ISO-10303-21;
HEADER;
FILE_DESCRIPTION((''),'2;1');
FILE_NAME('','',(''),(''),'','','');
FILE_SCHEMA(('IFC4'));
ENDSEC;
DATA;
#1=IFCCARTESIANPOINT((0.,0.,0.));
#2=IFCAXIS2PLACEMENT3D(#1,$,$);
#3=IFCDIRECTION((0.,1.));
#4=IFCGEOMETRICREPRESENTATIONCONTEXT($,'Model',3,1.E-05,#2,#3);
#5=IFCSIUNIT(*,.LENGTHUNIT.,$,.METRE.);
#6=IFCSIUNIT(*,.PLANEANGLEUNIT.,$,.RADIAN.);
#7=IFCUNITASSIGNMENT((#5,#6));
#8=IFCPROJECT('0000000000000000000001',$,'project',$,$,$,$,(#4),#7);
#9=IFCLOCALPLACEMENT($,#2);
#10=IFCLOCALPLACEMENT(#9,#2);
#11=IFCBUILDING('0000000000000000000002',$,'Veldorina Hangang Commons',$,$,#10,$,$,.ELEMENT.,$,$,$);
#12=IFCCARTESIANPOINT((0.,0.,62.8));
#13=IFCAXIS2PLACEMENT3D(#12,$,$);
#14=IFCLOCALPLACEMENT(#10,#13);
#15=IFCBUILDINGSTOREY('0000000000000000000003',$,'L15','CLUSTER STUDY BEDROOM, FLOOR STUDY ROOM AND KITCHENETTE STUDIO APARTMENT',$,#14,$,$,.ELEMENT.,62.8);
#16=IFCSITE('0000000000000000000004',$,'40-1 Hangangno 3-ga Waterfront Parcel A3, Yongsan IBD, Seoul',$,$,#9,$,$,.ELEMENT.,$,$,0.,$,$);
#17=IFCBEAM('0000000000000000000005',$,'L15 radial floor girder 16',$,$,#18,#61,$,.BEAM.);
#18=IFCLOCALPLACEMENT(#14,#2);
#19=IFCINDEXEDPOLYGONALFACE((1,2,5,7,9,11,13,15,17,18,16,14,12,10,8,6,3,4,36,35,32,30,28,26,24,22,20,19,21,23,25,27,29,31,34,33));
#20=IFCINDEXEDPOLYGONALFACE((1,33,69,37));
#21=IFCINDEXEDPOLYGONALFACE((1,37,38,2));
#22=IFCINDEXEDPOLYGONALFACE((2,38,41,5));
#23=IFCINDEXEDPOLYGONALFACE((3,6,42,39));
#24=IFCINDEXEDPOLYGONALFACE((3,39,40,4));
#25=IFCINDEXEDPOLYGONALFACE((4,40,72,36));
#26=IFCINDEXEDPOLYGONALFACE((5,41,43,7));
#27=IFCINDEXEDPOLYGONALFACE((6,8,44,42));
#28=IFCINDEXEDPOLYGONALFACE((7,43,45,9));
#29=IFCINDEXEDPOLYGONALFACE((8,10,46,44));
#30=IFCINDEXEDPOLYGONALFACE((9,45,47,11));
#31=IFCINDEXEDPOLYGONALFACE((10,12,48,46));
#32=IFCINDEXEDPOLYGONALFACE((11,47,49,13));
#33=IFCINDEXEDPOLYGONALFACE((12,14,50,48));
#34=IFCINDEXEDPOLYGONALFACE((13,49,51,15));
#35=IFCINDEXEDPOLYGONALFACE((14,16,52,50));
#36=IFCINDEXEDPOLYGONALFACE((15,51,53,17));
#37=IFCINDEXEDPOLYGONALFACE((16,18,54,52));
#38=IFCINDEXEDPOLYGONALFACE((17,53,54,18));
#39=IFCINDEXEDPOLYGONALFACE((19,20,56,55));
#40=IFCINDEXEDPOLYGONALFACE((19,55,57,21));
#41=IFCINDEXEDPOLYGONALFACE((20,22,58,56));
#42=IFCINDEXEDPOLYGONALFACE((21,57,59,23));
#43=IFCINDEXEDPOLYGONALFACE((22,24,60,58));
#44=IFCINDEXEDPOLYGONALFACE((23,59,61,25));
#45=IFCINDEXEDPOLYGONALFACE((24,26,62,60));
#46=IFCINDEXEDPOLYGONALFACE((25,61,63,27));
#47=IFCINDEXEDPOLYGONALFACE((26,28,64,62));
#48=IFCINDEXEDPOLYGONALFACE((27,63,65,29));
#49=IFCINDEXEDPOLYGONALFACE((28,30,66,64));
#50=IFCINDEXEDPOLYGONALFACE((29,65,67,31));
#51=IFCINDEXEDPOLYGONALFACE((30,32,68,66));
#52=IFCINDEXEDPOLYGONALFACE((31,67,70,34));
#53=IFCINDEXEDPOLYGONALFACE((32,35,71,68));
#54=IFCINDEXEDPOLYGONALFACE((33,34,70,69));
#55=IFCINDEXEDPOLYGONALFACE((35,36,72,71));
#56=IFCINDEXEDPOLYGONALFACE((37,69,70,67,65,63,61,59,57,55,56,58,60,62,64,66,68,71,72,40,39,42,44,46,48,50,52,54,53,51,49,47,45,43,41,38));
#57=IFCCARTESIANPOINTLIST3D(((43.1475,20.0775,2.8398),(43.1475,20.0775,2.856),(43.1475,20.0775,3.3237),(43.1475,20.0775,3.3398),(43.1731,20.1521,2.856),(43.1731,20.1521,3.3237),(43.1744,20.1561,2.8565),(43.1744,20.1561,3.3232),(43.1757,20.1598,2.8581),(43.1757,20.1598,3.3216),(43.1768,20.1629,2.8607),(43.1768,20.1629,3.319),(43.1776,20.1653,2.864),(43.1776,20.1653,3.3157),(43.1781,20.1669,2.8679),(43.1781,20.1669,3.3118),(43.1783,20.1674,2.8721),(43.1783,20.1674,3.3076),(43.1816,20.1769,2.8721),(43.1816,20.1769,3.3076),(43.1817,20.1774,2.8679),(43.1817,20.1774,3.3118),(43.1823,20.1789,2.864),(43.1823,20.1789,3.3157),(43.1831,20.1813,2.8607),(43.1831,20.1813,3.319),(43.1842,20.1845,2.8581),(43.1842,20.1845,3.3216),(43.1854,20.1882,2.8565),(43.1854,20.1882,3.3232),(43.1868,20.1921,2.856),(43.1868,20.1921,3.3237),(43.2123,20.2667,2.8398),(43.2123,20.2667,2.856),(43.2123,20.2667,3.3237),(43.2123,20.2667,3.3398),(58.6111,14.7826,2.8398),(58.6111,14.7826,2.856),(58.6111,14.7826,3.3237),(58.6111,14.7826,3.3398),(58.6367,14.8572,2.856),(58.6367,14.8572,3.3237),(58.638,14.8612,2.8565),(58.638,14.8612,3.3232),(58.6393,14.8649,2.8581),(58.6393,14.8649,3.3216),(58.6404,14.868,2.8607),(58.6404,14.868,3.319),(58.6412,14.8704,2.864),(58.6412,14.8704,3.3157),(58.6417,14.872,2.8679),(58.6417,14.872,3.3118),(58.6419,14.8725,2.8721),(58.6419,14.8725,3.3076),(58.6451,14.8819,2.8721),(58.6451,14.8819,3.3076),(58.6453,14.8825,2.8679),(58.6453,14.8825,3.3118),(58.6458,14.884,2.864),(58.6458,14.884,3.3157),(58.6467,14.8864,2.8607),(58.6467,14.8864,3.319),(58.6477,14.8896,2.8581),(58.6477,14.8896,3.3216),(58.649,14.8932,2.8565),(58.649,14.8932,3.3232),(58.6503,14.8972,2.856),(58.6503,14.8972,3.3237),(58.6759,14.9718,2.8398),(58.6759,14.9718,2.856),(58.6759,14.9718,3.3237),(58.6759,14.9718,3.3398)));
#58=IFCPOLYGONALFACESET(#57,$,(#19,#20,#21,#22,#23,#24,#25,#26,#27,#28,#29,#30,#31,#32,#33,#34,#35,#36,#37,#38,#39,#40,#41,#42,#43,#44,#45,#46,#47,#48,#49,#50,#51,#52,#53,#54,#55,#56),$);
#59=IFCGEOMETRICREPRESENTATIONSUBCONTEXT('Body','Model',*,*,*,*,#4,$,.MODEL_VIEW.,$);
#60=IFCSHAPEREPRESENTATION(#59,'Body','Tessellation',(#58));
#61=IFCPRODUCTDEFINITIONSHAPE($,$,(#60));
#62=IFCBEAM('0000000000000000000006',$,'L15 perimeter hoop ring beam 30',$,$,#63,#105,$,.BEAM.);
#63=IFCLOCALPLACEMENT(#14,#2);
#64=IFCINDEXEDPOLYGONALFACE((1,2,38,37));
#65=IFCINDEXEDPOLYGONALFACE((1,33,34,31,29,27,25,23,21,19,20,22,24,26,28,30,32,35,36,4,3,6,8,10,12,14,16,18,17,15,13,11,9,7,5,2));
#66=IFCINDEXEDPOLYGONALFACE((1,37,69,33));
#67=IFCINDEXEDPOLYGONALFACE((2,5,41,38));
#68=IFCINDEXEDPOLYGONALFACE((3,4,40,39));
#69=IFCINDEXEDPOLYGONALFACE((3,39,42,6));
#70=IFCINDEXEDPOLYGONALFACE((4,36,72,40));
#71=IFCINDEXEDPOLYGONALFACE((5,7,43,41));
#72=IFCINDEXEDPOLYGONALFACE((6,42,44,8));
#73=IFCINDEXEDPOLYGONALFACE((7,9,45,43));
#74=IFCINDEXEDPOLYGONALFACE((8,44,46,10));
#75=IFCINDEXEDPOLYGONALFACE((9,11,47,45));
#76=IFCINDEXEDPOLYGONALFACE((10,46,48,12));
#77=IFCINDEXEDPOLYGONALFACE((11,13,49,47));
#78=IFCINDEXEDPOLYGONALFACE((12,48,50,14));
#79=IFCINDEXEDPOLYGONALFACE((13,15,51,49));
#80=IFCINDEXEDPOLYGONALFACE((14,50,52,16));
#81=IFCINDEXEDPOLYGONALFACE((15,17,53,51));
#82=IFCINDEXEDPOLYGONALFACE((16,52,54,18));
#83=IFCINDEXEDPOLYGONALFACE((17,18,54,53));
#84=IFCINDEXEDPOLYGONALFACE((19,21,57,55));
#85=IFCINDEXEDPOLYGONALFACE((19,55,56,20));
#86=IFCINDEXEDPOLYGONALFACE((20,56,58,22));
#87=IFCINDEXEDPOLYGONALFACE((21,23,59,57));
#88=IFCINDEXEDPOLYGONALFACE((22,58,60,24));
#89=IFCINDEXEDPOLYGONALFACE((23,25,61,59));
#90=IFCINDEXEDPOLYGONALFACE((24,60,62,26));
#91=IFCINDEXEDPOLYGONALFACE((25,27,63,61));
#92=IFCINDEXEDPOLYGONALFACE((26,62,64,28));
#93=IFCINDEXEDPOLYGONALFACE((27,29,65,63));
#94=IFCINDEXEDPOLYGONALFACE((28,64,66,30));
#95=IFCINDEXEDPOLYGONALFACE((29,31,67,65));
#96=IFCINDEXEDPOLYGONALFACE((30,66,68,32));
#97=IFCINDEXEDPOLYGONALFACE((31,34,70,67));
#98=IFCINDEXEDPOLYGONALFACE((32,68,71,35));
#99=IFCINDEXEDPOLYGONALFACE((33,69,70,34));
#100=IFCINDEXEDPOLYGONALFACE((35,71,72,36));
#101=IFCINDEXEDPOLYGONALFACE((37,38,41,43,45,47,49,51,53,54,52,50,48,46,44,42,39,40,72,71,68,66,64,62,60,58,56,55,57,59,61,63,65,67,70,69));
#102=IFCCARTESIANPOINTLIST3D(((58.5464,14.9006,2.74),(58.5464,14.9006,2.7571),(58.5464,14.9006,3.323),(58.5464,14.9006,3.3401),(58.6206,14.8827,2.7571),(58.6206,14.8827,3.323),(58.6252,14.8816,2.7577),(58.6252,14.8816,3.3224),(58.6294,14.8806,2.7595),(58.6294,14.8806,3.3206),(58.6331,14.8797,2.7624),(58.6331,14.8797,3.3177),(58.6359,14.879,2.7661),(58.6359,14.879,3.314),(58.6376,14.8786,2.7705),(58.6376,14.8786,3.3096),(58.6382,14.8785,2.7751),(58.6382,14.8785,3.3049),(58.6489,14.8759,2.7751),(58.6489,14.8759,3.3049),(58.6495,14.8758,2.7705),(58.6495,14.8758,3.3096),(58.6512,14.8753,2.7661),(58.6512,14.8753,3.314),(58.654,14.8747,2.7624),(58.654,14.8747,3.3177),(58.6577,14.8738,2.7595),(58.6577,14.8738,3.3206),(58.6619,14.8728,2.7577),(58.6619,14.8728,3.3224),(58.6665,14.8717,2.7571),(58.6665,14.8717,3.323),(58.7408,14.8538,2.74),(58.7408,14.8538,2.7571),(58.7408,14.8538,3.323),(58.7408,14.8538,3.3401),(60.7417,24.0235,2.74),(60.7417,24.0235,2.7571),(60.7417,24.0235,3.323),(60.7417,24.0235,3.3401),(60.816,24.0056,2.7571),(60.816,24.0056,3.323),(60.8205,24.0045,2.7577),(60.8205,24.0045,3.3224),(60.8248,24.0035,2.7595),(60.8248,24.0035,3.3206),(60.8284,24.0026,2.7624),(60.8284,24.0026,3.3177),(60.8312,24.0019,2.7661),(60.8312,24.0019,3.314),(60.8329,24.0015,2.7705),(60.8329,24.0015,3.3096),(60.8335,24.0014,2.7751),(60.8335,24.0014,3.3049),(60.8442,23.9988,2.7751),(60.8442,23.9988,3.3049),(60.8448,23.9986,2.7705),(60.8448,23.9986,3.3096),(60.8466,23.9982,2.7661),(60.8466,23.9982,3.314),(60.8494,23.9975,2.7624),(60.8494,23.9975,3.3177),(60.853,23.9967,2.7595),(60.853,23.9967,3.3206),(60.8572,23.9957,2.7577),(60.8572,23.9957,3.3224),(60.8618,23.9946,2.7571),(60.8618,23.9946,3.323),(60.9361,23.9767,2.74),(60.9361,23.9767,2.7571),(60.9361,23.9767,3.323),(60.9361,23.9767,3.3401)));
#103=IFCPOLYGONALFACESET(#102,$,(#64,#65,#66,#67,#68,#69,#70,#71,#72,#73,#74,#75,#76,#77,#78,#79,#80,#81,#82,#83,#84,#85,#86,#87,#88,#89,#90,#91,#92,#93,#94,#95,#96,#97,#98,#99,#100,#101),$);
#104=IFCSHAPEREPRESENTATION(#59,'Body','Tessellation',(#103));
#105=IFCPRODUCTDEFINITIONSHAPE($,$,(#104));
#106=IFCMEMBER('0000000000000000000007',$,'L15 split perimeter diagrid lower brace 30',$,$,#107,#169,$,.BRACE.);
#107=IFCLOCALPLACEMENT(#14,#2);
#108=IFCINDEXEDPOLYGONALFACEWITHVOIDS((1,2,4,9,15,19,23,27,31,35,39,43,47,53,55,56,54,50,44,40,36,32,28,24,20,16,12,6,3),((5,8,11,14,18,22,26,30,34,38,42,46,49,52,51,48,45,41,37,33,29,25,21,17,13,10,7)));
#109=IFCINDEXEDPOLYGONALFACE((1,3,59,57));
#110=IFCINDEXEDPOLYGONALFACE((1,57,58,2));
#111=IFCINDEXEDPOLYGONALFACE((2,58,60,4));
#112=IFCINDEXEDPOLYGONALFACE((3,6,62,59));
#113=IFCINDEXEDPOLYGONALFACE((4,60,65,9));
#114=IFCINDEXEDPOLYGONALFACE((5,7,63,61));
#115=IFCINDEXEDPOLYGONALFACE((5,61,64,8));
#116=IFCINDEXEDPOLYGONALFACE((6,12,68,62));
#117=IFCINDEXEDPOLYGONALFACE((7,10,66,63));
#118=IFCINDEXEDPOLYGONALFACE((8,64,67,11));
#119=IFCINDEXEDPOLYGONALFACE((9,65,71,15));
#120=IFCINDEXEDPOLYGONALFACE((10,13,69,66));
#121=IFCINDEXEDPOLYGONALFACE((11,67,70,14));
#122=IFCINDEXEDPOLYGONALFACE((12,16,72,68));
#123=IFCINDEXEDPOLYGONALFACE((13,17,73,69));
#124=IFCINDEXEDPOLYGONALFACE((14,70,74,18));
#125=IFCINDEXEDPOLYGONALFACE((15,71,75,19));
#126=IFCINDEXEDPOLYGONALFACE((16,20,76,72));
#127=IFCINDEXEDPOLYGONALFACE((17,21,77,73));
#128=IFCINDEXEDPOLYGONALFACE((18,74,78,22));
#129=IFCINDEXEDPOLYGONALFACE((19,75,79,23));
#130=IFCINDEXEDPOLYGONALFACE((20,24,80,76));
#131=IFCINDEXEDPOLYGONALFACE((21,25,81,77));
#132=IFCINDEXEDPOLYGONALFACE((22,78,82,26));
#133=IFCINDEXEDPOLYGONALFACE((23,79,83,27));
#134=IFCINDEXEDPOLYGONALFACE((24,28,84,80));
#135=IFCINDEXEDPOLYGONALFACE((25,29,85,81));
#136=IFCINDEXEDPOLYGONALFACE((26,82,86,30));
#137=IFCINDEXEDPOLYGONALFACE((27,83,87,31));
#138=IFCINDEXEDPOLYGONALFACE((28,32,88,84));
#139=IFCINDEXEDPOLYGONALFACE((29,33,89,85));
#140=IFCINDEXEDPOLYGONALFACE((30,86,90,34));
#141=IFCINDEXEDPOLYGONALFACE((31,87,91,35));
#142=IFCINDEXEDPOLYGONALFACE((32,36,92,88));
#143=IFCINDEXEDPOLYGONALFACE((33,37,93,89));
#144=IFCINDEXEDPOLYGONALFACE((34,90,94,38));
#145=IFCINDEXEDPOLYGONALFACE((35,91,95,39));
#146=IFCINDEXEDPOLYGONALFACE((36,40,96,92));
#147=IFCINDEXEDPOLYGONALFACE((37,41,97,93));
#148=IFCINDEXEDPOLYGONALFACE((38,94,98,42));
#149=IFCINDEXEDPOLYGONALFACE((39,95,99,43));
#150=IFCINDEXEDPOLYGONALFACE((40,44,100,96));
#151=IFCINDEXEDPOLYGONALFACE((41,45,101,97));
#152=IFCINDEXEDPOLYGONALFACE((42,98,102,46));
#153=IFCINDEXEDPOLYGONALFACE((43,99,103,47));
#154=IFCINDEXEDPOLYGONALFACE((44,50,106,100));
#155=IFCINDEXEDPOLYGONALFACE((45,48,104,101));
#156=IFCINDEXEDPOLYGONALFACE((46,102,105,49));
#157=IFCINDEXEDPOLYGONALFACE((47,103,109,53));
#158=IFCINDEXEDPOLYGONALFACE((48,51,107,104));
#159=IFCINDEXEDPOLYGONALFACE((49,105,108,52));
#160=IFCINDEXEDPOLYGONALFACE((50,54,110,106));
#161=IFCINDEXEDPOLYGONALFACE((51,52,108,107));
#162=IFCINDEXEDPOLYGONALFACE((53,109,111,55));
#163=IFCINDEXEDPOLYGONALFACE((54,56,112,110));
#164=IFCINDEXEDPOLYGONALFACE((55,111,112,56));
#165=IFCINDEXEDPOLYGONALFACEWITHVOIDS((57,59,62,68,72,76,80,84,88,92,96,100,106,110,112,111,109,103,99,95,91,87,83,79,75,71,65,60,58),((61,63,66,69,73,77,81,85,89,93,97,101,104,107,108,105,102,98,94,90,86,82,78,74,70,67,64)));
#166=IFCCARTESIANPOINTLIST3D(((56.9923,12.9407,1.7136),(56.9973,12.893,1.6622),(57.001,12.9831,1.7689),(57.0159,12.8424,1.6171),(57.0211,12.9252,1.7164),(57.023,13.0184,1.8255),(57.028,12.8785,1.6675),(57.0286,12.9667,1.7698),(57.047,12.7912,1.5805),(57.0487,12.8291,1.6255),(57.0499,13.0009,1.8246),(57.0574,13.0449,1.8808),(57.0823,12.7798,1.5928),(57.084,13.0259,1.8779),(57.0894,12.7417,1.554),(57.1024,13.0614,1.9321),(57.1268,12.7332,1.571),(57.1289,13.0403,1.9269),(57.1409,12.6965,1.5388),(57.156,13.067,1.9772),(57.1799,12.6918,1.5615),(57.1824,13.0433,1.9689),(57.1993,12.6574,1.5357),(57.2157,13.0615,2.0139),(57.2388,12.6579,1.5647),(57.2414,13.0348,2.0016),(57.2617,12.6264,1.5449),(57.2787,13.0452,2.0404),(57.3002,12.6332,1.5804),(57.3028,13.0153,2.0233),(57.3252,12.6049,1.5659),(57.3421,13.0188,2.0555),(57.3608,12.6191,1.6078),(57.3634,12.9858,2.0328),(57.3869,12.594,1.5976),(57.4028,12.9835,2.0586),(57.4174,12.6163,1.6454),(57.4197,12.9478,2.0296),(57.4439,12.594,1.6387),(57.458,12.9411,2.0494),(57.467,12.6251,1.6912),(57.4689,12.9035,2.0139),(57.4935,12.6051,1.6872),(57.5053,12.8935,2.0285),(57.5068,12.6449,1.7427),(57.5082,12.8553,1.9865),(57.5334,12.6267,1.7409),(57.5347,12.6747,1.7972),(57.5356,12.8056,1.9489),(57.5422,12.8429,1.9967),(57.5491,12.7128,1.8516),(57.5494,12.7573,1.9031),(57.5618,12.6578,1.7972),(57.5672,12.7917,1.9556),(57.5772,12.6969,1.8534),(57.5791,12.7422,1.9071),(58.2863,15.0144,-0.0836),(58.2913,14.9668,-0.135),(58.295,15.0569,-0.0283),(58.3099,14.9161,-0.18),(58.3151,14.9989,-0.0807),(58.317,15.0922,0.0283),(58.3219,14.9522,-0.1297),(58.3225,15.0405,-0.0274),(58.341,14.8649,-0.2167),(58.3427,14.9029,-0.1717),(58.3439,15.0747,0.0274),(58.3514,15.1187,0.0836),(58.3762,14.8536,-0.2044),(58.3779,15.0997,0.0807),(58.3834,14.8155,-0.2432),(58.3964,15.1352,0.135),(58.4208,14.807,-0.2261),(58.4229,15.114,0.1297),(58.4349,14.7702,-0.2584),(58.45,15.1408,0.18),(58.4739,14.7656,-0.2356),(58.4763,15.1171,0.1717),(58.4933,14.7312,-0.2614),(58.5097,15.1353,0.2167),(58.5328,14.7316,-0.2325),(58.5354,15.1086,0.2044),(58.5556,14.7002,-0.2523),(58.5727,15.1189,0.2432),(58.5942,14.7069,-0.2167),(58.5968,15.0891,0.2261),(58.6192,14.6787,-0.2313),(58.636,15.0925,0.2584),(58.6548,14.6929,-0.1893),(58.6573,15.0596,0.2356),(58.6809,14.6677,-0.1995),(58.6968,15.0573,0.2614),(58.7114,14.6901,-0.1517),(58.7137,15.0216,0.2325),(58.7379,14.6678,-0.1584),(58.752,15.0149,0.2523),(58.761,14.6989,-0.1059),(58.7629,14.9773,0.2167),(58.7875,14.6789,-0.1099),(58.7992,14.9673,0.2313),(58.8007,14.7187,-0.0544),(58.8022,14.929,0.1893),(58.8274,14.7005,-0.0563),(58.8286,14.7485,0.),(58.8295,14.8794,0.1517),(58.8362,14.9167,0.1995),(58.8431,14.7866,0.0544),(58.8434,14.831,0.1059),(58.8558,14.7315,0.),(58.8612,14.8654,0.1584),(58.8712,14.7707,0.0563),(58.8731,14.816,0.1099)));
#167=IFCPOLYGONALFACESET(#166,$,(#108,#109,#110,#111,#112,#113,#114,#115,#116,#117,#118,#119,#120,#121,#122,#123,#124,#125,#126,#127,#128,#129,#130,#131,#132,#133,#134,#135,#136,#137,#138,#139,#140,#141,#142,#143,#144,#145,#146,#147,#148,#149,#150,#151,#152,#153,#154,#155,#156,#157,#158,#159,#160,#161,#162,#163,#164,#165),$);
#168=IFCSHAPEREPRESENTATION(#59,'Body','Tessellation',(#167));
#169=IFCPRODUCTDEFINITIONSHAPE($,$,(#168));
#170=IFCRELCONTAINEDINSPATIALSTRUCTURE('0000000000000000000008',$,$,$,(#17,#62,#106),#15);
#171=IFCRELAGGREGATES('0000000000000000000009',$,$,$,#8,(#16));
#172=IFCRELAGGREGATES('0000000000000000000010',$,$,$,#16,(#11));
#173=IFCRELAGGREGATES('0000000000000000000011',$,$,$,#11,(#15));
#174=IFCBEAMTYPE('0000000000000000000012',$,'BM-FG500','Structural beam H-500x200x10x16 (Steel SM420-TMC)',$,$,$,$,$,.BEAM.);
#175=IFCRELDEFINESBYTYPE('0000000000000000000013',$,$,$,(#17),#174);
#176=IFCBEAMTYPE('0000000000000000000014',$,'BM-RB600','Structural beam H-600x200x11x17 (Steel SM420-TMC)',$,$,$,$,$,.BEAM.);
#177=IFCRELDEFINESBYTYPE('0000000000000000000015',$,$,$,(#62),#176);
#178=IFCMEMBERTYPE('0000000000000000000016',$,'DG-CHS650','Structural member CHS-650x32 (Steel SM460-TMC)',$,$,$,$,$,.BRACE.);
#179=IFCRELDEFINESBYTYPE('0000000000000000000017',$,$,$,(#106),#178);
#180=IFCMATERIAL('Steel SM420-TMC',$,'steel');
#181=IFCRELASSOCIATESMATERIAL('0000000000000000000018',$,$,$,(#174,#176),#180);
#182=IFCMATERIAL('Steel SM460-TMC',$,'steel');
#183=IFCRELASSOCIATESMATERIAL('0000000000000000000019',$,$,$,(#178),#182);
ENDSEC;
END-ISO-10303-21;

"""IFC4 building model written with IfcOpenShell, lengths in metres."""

from ifc_helpers import new_model, si_unit, direction, frame, origin, origin_2d, place, context, subcontext, project, spatial, hollow_circle, i_section, extrude, material, material_profile, profile_set, type_object, element, save


model = new_model("IFC4")

# Units and contexts
model_context = context("Model", 3, precision=1e-05, world=origin(), true_north=direction((0.0, 1.0)))
body_context = subcontext(model_context, "Body", "Model", "MODEL_VIEW")
ifc_project = project(units=[si_unit("LENGTHUNIT", "METRE"), si_unit("PLANEANGLEUNIT", "RADIAN")], contexts=[model_context])

# Site, building, storey
site_placement = place(None, origin())
site = spatial("IfcSite", under=ifc_project, at=site_placement, Name="40-1 Hangangno 3-ga Waterfront Parcel A3, Yongsan IBD, Seoul", CompositionType="ELEMENT", RefElevation=0.0)
building_placement = place(site_placement, origin())
building = spatial("IfcBuilding", under=site, at=building_placement, Name="Veldorina Hangang Commons", CompositionType="ELEMENT")
storey_placement = place(building_placement, frame((0.0, 0.0, 62.8)))
storey = spatial("IfcBuildingStorey", under=building, at=storey_placement, Name="L15", Description="CLUSTER STUDY BEDROOM, FLOOR STUDY ROOM AND KITCHENETTE STUDIO APARTMENT", CompositionType="ELEMENT", Elevation=62.8)

# Beams
ifc_material_1 = material(Name="Steel SM420-TMC", Category="steel")
ifc_material_profile_1 = material_profile(ifc_material_1, i_section(OverallWidth=0.2, OverallDepth=0.5, WebThickness=0.01, FlangeThickness=0.0161, FilletRadius=0.0161, at=origin_2d()), Name="H-500x200x10x16")
ifc_profile_set_1 = profile_set([ifc_material_profile_1], Name="Steel SM420-TMC")
beam_type_1 = type_object("IfcBeamType", Name="BM-FG500", Description="Structural beam H-500x200x10x16 (Steel SM420-TMC)", PredefinedType="BEAM", material=ifc_profile_set_1)
beam_1_placement = place(storey_placement, frame((43.1799, 20.1721, 3.0898), z_axis=(0.946075, -0.323947, 0.0), x_axis=(0.323947, 0.946075, 0.0)))
element("IfcBeam", 1, at=beam_1_placement, inside=storey, type_object=beam_type_1, Name="L15 radial floor girder 16", PredefinedType="BEAM", context=body_context, shape_type="SweptSolid", body=[
    extrude(i_section(OverallWidth=0.2, OverallDepth=0.5, WebThickness=0.01, FlangeThickness=0.0161, FilletRadius=0.0161, at=origin_2d()), origin(), (0.0, 0.0, 1.0), 16.345),
])
ifc_material_profile_2 = material_profile(ifc_material_1, i_section(OverallWidth=0.2, OverallDepth=0.6001, WebThickness=0.011, FlangeThickness=0.0171, FilletRadius=0.0181, at=origin_2d()), Name="H-600x200x11x17")
ifc_profile_set_2 = profile_set([ifc_material_profile_2], Name="Steel SM420-TMC")
beam_type_2 = type_object("IfcBeamType", Name="BM-RB600", Description="Structural beam H-600x200x11x17 (Steel SM420-TMC)", PredefinedType="BEAM", material=ifc_profile_set_2)
beam_2_placement = place(storey_placement, frame((58.6436, 14.8772, 3.04), z_axis=(0.233961, 0.972246, 0.0), x_axis=(-0.972246, 0.233961, 0.0)))
element("IfcBeam", 2, at=beam_2_placement, inside=storey, type_object=beam_type_2, Name="L15 perimeter hoop ring beam 30", PredefinedType="BEAM", context=body_context, shape_type="SweptSolid", body=[
    extrude(i_section(OverallWidth=0.2, OverallDepth=0.6001, WebThickness=0.011, FlangeThickness=0.0171, FilletRadius=0.0181, at=origin_2d()), origin(), (0.0, 0.0, 1.0), 9.3833),
])

# Member
ifc_material_2 = material(Name="Steel SM460-TMC", Category="steel")
ifc_material_profile_3 = material_profile(ifc_material_2, hollow_circle(Radius=0.325, WallThickness=0.032, at=origin_2d()), Name="CHS-650x32")
ifc_profile_set_3 = profile_set([ifc_material_profile_3], Name="Steel SM460-TMC")
member_type = type_object("IfcMemberType", Name="DG-CHS650", Description="Structural member CHS-650x32 (Steel SM460-TMC)", PredefinedType="BRACE", material=ifc_profile_set_3)
member_1_placement = place(storey_placement, frame((58.5801, 14.9036, 0.0), z_axis=(-0.426502, -0.683529, 0.592355), x_axis=(0.848391, -0.52937, 0.0)))
element("IfcMember", 3, at=member_1_placement, inside=storey, type_object=member_type, Name="L15 split perimeter diagrid lower brace 30", PredefinedType="BRACE", context=body_context, shape_type="SweptSolid", body=[
    extrude(hollow_circle(Radius=0.325, WallThickness=0.032, at=origin_2d()), origin(), (0.0, 0.0, 1.0), 3.0339),
])

save(model, "model.ifc")
